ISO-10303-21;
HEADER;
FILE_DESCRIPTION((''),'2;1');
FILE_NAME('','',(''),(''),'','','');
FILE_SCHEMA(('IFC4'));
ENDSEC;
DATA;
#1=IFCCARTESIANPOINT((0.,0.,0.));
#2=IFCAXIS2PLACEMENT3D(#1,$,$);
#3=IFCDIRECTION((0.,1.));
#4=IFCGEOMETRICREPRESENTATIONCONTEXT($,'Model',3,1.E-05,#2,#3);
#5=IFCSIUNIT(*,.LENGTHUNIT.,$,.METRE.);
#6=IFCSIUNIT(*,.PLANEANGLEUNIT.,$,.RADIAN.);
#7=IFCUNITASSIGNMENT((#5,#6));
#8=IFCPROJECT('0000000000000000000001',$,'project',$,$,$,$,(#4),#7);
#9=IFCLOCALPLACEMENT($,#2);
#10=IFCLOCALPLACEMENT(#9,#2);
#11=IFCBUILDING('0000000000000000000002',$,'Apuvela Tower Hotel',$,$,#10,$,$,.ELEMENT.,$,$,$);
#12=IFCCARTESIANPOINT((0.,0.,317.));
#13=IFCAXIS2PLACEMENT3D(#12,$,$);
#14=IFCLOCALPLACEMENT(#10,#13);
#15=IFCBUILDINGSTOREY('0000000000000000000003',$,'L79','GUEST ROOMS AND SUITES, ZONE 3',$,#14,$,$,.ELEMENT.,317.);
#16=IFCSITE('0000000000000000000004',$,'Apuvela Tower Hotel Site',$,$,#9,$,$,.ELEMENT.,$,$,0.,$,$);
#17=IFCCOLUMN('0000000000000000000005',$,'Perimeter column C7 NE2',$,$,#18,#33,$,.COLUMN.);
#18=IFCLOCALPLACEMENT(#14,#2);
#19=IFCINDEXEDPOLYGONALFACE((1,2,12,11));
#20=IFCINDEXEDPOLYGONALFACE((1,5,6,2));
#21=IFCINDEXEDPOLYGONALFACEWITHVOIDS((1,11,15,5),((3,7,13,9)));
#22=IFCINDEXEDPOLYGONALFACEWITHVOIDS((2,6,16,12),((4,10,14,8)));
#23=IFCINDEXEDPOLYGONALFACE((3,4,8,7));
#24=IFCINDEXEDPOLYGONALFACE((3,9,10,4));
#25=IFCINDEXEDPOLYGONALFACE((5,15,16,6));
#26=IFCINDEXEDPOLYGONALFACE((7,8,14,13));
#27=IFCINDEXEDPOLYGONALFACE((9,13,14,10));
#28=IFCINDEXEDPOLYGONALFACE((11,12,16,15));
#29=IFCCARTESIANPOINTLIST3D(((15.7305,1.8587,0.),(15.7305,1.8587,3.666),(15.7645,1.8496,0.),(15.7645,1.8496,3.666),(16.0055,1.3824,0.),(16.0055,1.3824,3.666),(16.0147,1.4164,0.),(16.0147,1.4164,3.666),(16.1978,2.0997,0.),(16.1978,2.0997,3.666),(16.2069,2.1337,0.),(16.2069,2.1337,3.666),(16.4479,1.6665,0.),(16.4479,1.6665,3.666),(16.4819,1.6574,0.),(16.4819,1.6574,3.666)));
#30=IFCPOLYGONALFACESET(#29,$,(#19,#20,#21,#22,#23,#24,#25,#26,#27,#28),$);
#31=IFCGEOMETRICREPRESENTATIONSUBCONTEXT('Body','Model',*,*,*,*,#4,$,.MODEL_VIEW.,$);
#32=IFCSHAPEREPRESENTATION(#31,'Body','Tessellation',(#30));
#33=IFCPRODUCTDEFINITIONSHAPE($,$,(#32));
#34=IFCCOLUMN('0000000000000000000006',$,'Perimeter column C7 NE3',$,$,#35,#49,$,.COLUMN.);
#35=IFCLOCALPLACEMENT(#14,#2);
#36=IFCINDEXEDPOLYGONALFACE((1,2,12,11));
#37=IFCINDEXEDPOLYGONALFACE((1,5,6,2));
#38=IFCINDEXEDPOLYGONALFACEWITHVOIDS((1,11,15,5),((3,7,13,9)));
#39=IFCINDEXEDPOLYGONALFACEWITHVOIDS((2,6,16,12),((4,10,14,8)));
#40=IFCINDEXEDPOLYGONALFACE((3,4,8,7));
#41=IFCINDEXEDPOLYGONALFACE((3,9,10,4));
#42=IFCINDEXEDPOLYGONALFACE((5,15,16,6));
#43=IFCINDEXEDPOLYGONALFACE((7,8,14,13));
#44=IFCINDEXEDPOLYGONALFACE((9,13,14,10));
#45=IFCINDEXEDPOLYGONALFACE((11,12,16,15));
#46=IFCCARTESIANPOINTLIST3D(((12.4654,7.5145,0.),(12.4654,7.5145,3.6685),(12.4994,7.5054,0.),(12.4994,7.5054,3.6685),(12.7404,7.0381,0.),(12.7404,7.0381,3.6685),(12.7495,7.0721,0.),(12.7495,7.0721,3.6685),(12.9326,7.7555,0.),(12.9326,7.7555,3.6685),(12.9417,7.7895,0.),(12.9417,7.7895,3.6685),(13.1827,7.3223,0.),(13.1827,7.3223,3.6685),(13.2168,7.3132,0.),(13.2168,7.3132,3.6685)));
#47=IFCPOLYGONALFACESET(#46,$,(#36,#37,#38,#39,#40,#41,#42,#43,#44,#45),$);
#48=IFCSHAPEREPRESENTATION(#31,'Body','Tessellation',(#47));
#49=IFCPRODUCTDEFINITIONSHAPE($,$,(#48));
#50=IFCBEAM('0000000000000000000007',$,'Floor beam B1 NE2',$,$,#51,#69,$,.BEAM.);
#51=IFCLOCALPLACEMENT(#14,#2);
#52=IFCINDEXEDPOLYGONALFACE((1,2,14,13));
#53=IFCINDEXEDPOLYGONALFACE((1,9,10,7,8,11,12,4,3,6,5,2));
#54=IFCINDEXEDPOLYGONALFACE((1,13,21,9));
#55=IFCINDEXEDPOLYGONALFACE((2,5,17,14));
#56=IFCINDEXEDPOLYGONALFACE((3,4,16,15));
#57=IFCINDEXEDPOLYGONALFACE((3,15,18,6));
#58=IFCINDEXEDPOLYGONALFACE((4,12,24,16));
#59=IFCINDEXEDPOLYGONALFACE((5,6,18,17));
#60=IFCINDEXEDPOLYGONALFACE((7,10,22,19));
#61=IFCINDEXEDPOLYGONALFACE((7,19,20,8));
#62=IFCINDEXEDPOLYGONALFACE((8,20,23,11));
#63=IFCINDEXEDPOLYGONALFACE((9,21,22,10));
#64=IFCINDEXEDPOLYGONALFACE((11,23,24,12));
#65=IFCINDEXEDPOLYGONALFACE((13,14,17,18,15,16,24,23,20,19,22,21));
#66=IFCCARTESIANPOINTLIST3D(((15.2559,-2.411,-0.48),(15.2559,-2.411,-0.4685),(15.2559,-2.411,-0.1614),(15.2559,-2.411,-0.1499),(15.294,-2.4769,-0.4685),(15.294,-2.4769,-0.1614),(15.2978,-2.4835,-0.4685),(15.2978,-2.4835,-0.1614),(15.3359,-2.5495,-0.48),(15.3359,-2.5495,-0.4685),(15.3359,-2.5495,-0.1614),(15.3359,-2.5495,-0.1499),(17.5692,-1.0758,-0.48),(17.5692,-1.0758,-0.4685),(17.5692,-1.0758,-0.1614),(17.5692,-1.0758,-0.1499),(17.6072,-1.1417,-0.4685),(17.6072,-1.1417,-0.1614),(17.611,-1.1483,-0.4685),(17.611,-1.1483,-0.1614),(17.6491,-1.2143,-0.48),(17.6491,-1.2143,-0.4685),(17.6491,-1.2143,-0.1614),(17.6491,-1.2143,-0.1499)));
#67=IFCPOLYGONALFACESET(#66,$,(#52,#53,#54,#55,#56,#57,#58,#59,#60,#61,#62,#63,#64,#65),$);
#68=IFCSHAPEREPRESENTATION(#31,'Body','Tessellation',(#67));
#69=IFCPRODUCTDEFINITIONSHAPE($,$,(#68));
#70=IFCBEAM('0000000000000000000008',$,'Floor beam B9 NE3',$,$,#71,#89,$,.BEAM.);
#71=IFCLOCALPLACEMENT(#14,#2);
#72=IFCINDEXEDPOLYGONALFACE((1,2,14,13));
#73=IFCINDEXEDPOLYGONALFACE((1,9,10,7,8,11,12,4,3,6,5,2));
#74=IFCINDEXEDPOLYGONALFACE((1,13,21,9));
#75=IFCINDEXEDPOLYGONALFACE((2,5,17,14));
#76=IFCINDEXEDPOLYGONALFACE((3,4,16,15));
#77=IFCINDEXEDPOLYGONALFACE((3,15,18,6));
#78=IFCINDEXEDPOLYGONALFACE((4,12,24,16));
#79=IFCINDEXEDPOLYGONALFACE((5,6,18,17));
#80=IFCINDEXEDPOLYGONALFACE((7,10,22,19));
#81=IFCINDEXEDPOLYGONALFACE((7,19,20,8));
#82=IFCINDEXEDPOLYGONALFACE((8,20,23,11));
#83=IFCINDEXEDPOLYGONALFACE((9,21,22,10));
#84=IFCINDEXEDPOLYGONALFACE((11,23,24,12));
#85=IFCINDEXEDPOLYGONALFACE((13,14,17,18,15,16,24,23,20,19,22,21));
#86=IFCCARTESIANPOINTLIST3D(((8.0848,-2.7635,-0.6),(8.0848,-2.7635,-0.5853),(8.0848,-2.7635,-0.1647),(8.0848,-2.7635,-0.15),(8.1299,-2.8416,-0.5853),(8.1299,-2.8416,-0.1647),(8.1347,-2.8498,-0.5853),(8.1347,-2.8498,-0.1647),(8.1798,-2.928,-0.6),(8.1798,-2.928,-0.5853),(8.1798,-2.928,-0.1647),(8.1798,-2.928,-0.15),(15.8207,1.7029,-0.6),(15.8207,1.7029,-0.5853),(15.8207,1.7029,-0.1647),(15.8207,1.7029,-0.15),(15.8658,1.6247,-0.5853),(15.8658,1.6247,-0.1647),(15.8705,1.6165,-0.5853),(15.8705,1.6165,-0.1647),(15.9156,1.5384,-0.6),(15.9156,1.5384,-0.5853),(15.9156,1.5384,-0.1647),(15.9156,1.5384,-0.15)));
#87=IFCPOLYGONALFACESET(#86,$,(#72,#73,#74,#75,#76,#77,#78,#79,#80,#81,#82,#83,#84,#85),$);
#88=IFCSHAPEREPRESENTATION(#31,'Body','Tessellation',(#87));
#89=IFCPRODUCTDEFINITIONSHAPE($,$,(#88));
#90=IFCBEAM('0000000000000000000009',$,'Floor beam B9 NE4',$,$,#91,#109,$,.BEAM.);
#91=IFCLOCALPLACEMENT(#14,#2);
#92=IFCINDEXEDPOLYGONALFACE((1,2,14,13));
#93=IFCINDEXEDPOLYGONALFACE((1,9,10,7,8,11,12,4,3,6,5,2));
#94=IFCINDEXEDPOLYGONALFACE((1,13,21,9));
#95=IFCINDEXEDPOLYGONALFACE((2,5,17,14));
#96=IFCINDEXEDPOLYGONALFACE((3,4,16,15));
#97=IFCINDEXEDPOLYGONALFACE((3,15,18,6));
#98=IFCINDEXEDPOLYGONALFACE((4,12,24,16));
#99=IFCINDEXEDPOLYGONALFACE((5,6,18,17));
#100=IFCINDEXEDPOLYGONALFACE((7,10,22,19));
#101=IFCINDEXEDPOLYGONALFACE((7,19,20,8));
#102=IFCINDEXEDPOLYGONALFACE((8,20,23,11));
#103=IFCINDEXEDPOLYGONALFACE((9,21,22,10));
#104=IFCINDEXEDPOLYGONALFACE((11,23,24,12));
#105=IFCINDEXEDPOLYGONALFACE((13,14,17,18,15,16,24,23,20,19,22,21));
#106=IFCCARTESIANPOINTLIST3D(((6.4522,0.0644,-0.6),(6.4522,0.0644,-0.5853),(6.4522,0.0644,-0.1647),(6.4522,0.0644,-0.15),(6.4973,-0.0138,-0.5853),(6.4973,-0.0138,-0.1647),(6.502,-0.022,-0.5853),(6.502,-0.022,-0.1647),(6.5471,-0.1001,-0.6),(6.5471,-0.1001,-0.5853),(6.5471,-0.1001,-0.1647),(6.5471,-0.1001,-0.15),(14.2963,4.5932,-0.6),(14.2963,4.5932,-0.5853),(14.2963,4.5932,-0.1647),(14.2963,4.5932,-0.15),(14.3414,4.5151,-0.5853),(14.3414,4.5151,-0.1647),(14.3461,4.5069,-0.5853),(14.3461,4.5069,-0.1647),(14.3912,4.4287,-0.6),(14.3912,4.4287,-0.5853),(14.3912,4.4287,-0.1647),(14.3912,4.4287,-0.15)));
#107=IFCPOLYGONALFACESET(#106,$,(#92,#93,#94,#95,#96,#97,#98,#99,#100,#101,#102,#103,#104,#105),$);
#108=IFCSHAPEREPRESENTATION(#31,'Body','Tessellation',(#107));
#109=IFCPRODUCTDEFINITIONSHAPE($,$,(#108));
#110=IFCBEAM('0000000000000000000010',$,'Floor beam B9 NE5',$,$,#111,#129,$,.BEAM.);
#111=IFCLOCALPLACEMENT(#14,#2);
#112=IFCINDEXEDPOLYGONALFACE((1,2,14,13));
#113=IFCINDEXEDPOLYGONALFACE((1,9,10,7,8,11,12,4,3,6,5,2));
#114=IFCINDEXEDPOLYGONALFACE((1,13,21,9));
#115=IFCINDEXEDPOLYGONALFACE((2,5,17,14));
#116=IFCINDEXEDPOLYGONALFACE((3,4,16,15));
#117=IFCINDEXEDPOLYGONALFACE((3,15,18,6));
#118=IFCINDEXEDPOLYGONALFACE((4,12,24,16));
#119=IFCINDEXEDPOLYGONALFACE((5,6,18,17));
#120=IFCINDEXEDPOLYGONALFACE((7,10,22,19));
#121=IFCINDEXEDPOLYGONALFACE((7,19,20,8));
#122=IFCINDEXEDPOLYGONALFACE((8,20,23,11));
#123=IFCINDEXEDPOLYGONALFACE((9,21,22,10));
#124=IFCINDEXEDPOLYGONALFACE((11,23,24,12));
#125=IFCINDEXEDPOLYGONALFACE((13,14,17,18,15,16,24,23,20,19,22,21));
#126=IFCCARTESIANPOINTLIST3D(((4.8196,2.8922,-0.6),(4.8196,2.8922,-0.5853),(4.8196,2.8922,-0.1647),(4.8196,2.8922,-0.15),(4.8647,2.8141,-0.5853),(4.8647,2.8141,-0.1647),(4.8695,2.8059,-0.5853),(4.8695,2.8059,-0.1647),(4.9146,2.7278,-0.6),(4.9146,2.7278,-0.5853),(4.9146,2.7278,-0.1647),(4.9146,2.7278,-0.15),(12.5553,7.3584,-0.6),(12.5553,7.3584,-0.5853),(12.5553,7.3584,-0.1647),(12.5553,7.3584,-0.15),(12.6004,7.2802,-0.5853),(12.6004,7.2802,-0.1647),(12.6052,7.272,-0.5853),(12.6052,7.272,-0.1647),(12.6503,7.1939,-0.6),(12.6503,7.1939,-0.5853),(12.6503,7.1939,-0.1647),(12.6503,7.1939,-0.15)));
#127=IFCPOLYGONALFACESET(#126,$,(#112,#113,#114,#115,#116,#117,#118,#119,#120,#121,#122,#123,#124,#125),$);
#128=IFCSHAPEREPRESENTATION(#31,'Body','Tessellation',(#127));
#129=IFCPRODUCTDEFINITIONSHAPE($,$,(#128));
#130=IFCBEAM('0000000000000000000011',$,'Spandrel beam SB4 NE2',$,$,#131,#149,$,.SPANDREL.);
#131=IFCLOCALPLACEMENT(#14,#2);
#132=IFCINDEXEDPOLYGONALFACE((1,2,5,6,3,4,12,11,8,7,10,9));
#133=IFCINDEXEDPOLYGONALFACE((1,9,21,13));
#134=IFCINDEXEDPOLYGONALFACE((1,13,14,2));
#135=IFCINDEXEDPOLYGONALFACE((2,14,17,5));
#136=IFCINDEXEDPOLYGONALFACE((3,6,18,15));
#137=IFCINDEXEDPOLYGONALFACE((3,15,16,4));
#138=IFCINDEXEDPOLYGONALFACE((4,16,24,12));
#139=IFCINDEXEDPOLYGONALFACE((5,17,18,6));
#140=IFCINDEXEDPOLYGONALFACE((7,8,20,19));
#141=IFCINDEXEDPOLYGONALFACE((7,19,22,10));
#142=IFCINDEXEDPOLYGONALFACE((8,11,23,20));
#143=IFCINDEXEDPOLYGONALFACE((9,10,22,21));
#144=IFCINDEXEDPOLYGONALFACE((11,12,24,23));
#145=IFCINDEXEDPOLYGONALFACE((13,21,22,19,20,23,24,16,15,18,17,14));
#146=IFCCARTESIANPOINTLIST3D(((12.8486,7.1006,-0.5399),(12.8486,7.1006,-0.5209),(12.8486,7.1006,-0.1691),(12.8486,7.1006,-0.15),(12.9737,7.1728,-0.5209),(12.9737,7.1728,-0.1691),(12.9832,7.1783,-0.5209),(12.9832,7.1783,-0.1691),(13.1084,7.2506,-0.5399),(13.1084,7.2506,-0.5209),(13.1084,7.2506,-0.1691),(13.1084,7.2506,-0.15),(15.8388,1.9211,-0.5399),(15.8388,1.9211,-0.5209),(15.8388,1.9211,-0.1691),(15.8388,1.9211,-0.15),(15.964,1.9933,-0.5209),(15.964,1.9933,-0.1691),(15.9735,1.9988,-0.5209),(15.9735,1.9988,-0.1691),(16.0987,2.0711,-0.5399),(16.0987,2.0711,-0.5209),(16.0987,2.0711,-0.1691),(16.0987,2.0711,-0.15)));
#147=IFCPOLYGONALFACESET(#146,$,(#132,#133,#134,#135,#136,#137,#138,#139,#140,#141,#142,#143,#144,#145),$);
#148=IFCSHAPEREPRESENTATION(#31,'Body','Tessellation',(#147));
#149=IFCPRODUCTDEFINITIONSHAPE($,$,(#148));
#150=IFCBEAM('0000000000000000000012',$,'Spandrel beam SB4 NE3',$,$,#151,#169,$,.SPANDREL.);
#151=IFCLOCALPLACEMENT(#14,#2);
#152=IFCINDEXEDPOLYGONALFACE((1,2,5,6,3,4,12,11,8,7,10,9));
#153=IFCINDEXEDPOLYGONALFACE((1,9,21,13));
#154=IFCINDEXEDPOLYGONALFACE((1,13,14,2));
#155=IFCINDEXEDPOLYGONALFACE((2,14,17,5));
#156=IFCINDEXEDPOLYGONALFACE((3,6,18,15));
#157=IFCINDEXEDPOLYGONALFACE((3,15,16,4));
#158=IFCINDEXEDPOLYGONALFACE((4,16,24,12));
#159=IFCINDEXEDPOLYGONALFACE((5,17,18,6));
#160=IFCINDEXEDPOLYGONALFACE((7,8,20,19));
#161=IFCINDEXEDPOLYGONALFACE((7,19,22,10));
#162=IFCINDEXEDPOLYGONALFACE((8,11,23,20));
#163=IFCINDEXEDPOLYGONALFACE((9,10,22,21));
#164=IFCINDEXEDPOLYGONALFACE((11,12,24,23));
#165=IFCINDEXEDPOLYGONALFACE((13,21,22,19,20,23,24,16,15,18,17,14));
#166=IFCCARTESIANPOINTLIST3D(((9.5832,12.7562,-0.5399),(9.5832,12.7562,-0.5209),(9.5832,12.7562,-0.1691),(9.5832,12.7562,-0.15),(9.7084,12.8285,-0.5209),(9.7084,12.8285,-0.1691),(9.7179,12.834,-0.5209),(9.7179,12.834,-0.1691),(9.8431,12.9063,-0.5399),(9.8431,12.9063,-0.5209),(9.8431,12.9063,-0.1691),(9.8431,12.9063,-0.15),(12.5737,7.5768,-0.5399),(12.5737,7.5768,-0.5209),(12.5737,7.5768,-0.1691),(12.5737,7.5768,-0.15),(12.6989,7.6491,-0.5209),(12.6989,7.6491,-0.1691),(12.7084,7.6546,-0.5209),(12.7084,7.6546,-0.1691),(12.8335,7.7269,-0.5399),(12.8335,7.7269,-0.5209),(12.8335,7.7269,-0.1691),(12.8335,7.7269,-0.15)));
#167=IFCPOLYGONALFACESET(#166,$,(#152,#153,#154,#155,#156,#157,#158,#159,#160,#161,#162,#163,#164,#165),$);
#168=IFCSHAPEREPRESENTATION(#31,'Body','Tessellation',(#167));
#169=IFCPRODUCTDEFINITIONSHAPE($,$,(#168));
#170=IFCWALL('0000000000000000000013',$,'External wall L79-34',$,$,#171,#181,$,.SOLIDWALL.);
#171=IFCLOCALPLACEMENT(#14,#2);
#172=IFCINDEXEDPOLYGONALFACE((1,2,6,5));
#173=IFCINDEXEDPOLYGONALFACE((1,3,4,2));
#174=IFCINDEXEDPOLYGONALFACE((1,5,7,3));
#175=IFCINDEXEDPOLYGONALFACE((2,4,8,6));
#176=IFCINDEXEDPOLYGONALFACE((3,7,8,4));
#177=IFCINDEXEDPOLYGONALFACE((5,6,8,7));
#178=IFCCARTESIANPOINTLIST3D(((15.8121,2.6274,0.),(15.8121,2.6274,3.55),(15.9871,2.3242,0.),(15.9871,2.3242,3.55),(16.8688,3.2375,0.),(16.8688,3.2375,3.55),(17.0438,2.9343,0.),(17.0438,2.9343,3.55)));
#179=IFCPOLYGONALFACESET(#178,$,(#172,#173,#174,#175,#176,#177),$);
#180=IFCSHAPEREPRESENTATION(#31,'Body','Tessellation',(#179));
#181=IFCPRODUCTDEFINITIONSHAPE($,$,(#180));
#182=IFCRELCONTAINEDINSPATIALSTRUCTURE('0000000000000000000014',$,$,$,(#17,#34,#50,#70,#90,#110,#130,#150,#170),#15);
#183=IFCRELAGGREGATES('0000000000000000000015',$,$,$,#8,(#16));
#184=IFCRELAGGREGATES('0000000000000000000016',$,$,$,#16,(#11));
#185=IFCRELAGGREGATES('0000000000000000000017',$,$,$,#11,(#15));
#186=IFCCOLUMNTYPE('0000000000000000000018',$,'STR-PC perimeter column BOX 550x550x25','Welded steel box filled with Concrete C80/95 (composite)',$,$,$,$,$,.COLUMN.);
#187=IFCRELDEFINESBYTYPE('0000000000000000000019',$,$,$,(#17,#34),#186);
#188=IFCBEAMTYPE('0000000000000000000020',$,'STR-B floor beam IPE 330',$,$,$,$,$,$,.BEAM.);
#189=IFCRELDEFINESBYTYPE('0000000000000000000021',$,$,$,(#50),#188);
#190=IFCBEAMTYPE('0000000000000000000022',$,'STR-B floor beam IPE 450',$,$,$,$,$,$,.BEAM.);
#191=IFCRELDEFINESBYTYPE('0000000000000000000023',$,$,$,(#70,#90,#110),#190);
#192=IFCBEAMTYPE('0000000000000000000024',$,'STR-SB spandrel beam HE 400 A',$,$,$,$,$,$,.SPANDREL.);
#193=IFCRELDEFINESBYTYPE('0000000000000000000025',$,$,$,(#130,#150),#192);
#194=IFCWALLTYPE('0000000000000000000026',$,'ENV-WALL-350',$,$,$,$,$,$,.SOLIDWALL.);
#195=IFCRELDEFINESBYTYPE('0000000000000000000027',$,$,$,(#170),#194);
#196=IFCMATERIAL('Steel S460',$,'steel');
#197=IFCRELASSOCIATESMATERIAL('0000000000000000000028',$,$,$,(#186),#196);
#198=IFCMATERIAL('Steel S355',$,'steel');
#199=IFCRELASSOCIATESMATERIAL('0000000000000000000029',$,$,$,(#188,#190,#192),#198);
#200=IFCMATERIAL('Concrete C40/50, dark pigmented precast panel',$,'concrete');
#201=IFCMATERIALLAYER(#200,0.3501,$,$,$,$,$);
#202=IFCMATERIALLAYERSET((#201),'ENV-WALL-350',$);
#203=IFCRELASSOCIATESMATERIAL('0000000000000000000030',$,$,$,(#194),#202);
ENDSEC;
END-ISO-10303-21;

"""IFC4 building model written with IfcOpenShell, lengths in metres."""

from ifc_helpers import new_model, si_unit, direction, frame, frame_2d, origin, origin_2d, place, context, subcontext, project, spatial, rectangle, hollow_rectangle, i_section, extrude, boolean, halfspace, material, layer, layer_set, material_profile, profile_set, type_object, element, save


model = new_model("IFC4")

# Units and contexts
model_context = context("Model", 3, precision=1e-05, world=origin(), true_north=direction((0.0, 1.0)))
body_context = subcontext(model_context, "Body", "Model", "MODEL_VIEW")
ifc_project = project(units=[si_unit("LENGTHUNIT", "METRE"), si_unit("PLANEANGLEUNIT", "RADIAN")], contexts=[model_context])

# Site, building, storey
site_placement = place(None, origin())
site = spatial("IfcSite", under=ifc_project, at=site_placement, Name="Apuvela Tower Hotel Site", CompositionType="ELEMENT", RefElevation=0.0)
building_placement = place(site_placement, origin())
building = spatial("IfcBuilding", under=site, at=building_placement, Name="Apuvela Tower Hotel", CompositionType="ELEMENT")
storey_placement = place(building_placement, frame((0.0, 0.0, 317.0)))
storey = spatial("IfcBuildingStorey", under=building, at=storey_placement, Name="L79", Description="GUEST ROOMS AND SUITES, ZONE 3", CompositionType="ELEMENT", Elevation=317.0)

# Columns
ifc_material_1 = material(Name="Steel S460", Category="steel")
ifc_material_profile_1 = material_profile(ifc_material_1, hollow_rectangle(XDim=0.55, YDim=0.55, WallThickness=0.0249, at=origin_2d()), Name="BOX 550x550x25")
ifc_material_2 = material(Name="Concrete C80/95", Category="concrete")
ifc_material_profile_2 = material_profile(ifc_material_2, rectangle(XDim=0.5, YDim=0.5, at=origin_2d()), Name="Concrete C80/95 infill")
ifc_profile_set_1 = profile_set([ifc_material_profile_1, ifc_material_profile_2], Name="Steel S460")
column_type = type_object("IfcColumnType", Name="STR-PC perimeter column BOX 550x550x25", Description="Welded steel box filled with Concrete C80/95 (composite)", PredefinedType="COLUMN", material=ifc_profile_set_1)
column_1_placement = place(storey_placement, frame((16.1062, 1.7581, 0.0), z_axis=(0.0, 0.0, 1.0), x_axis=(-0.5, 0.866025, 0.0)))
element("IfcColumn", 1, at=column_1_placement, inside=storey, type_object=column_type, Name="Perimeter column C7 NE2", PredefinedType="COLUMN", context=body_context, shape_type="SweptSolid", body=[
    boolean("DIFFERENCE", extrude(hollow_rectangle(XDim=0.55, YDim=0.55, WallThickness=0.0249, at=origin_2d()), origin(), (0.0, 0.0, 1.0), 3.7), halfspace(frame((0.0, 0.0, 3.666), z_axis=(0.0, 0.0, 1.0), x_axis=(1.0, 0.0, 0.0)), False)),
])
column_2_placement = place(storey_placement, frame((12.8411, 7.4138, 0.0), z_axis=(0.0, 0.0, 1.0), x_axis=(-0.5, 0.866025, 0.0)))
element("IfcColumn", 2, at=column_2_placement, inside=storey, type_object=column_type, Name="Perimeter column C7 NE3", PredefinedType="COLUMN", context=body_context, shape_type="SweptSolid", body=[
    boolean("DIFFERENCE", extrude(hollow_rectangle(XDim=0.55, YDim=0.55, WallThickness=0.0249, at=origin_2d()), origin(), (0.0, 0.0, 1.0), 3.7), halfspace(frame((0.0, 0.0, 3.6685), z_axis=(0.0, 0.0, 1.0), x_axis=(1.0, 0.0, 0.0)), False)),
])

# Beams
ifc_material_3 = material(Name="Steel S355", Category="steel")
ifc_material_profile_3 = material_profile(ifc_material_3, i_section(OverallWidth=0.1599, OverallDepth=0.3301, WebThickness=0.0076, FlangeThickness=0.0115, at=origin_2d()), Name="IPE 330")
ifc_profile_set_2 = profile_set([ifc_material_profile_3], Name="Steel S355")
beam_type_1 = type_object("IfcBeamType", Name="STR-B floor beam IPE 330", PredefinedType="BEAM", material=ifc_profile_set_2)
beam_1_placement = place(storey_placement, frame((17.6091, -1.145, -0.3149), z_axis=(-0.866081, -0.499904, 0.0), x_axis=(0.499904, -0.866081, 0.0)))
element("IfcBeam", 3, at=beam_1_placement, inside=storey, type_object=beam_type_1, Name="Floor beam B1 NE2", PredefinedType="BEAM", context=body_context, shape_type="SweptSolid", body=[
    extrude(i_section(OverallWidth=0.1599, OverallDepth=0.3301, WebThickness=0.0076, FlangeThickness=0.0115, at=origin_2d()), origin(), (0.0, 0.0, 1.0), 2.6709),
])
ifc_material_profile_4 = material_profile(ifc_material_3, i_section(OverallWidth=0.1899, OverallDepth=0.45, WebThickness=0.0095, FlangeThickness=0.0146, at=origin_2d()), Name="IPE 450")
ifc_profile_set_3 = profile_set([ifc_material_profile_4], Name="Steel S355")
beam_type_2 = type_object("IfcBeamType", Name="STR-B floor beam IPE 450", PredefinedType="BEAM", material=ifc_profile_set_3)
beam_2_placement = place(storey_placement, frame((15.8682, 1.6206, -0.375), z_axis=(-0.866024, -0.500002, 0.0), x_axis=(0.500002, -0.866024, 0.0)))
element("IfcBeam", 4, at=beam_2_placement, inside=storey, type_object=beam_type_2, Name="Floor beam B9 NE3", PredefinedType="BEAM", context=body_context, shape_type="SweptSolid", body=[
    extrude(i_section(OverallWidth=0.1899, OverallDepth=0.45, WebThickness=0.0095, FlangeThickness=0.0146, at=origin_2d()), origin(), (0.0, 0.0, 1.0), 8.9326),
])
beam_3_placement = place(storey_placement, frame((14.3438, 4.511, -0.375), z_axis=(-0.866022, -0.500006, 0.0), x_axis=(0.500006, -0.866022, 0.0)))
element("IfcBeam", 5, at=beam_3_placement, inside=storey, type_object=beam_type_2, Name="Floor beam B9 NE4", PredefinedType="BEAM", context=body_context, shape_type="SweptSolid", body=[
    extrude(i_section(OverallWidth=0.1899, OverallDepth=0.45, WebThickness=0.0095, FlangeThickness=0.0146, at=origin_2d()), origin(), (0.0, 0.0, 1.0), 9.0576),
])
beam_4_placement = place(storey_placement, frame((12.6028, 7.2761, -0.375), z_axis=(-0.866029, -0.499993, 0.0), x_axis=(0.499993, -0.866029, 0.0)))
element("IfcBeam", 6, at=beam_4_placement, inside=storey, type_object=beam_type_2, Name="Floor beam B9 NE5", PredefinedType="BEAM", context=body_context, shape_type="SweptSolid", body=[
    extrude(i_section(OverallWidth=0.1899, OverallDepth=0.45, WebThickness=0.0095, FlangeThickness=0.0146, at=origin_2d()), origin(), (0.0, 0.0, 1.0), 8.9324),
])
ifc_material_profile_5 = material_profile(ifc_material_3, i_section(OverallWidth=0.3, OverallDepth=0.3899, WebThickness=0.011, FlangeThickness=0.019, at=origin_2d()), Name="HE 400 A")
ifc_profile_set_4 = profile_set([ifc_material_profile_5], Name="Steel S355")
beam_type_3 = type_object("IfcBeamType", Name="STR-SB spandrel beam HE 400 A", PredefinedType="SPANDREL", material=ifc_profile_set_4)
for number, where, z_axis, x_axis, name in (
    (7, (15.9688, 1.9961, -0.345), (-0.499985, 0.866034, 0.0), (-0.866034, -0.499985, 0.0), "Spandrel beam SB4 NE2"),
    (8, (12.7036, 7.6519, -0.345), (-0.500016, 0.866016, 0.0), (-0.866016, -0.500016, 0.0), "Spandrel beam SB4 NE3"),
):
    element("IfcBeam", number, at=place(storey_placement, frame(where, z_axis=z_axis, x_axis=x_axis)), inside=storey, type_object=beam_type_3, Name=name, PredefinedType="SPANDREL", context=body_context, shape_type="SweptSolid", body=[
        extrude(i_section(OverallWidth=0.3, OverallDepth=0.3899, WebThickness=0.011, FlangeThickness=0.019, at=origin_2d()), origin(), (0.0, 0.0, 1.0), 5.9807),
    ])

# Wall
ifc_material_4 = material(Name="Concrete C40/50, dark pigmented precast panel", Category="concrete")
ifc_layer_1 = layer(ifc_material_4, 0.3501)
ifc_layer_set_1 = layer_set([ifc_layer_1], Name="ENV-WALL-350")
wall_type_1 = type_object("IfcWallType", Name="ENV-WALL-350", PredefinedType="SOLIDWALL", material=ifc_layer_set_1)
wall_1_placement = place(storey_placement, frame((16.9563, 3.0859, 0.0), z_axis=(0.0, 0.0, 1.0), x_axis=(-0.866006, -0.500034, 0.0)))
element("IfcWall", 9, at=wall_1_placement, inside=storey, type_object=wall_type_1, Name="External wall L79-34", PredefinedType="SOLIDWALL", context=body_context, shape_type="SweptSolid", body=[
    extrude(rectangle(XDim=1.2202, YDim=0.3501, at=frame_2d((0.6101, 0.0))), origin(), (0.0, 0.0, 1.0), 3.55),
])

save(model, "model.ifc")
